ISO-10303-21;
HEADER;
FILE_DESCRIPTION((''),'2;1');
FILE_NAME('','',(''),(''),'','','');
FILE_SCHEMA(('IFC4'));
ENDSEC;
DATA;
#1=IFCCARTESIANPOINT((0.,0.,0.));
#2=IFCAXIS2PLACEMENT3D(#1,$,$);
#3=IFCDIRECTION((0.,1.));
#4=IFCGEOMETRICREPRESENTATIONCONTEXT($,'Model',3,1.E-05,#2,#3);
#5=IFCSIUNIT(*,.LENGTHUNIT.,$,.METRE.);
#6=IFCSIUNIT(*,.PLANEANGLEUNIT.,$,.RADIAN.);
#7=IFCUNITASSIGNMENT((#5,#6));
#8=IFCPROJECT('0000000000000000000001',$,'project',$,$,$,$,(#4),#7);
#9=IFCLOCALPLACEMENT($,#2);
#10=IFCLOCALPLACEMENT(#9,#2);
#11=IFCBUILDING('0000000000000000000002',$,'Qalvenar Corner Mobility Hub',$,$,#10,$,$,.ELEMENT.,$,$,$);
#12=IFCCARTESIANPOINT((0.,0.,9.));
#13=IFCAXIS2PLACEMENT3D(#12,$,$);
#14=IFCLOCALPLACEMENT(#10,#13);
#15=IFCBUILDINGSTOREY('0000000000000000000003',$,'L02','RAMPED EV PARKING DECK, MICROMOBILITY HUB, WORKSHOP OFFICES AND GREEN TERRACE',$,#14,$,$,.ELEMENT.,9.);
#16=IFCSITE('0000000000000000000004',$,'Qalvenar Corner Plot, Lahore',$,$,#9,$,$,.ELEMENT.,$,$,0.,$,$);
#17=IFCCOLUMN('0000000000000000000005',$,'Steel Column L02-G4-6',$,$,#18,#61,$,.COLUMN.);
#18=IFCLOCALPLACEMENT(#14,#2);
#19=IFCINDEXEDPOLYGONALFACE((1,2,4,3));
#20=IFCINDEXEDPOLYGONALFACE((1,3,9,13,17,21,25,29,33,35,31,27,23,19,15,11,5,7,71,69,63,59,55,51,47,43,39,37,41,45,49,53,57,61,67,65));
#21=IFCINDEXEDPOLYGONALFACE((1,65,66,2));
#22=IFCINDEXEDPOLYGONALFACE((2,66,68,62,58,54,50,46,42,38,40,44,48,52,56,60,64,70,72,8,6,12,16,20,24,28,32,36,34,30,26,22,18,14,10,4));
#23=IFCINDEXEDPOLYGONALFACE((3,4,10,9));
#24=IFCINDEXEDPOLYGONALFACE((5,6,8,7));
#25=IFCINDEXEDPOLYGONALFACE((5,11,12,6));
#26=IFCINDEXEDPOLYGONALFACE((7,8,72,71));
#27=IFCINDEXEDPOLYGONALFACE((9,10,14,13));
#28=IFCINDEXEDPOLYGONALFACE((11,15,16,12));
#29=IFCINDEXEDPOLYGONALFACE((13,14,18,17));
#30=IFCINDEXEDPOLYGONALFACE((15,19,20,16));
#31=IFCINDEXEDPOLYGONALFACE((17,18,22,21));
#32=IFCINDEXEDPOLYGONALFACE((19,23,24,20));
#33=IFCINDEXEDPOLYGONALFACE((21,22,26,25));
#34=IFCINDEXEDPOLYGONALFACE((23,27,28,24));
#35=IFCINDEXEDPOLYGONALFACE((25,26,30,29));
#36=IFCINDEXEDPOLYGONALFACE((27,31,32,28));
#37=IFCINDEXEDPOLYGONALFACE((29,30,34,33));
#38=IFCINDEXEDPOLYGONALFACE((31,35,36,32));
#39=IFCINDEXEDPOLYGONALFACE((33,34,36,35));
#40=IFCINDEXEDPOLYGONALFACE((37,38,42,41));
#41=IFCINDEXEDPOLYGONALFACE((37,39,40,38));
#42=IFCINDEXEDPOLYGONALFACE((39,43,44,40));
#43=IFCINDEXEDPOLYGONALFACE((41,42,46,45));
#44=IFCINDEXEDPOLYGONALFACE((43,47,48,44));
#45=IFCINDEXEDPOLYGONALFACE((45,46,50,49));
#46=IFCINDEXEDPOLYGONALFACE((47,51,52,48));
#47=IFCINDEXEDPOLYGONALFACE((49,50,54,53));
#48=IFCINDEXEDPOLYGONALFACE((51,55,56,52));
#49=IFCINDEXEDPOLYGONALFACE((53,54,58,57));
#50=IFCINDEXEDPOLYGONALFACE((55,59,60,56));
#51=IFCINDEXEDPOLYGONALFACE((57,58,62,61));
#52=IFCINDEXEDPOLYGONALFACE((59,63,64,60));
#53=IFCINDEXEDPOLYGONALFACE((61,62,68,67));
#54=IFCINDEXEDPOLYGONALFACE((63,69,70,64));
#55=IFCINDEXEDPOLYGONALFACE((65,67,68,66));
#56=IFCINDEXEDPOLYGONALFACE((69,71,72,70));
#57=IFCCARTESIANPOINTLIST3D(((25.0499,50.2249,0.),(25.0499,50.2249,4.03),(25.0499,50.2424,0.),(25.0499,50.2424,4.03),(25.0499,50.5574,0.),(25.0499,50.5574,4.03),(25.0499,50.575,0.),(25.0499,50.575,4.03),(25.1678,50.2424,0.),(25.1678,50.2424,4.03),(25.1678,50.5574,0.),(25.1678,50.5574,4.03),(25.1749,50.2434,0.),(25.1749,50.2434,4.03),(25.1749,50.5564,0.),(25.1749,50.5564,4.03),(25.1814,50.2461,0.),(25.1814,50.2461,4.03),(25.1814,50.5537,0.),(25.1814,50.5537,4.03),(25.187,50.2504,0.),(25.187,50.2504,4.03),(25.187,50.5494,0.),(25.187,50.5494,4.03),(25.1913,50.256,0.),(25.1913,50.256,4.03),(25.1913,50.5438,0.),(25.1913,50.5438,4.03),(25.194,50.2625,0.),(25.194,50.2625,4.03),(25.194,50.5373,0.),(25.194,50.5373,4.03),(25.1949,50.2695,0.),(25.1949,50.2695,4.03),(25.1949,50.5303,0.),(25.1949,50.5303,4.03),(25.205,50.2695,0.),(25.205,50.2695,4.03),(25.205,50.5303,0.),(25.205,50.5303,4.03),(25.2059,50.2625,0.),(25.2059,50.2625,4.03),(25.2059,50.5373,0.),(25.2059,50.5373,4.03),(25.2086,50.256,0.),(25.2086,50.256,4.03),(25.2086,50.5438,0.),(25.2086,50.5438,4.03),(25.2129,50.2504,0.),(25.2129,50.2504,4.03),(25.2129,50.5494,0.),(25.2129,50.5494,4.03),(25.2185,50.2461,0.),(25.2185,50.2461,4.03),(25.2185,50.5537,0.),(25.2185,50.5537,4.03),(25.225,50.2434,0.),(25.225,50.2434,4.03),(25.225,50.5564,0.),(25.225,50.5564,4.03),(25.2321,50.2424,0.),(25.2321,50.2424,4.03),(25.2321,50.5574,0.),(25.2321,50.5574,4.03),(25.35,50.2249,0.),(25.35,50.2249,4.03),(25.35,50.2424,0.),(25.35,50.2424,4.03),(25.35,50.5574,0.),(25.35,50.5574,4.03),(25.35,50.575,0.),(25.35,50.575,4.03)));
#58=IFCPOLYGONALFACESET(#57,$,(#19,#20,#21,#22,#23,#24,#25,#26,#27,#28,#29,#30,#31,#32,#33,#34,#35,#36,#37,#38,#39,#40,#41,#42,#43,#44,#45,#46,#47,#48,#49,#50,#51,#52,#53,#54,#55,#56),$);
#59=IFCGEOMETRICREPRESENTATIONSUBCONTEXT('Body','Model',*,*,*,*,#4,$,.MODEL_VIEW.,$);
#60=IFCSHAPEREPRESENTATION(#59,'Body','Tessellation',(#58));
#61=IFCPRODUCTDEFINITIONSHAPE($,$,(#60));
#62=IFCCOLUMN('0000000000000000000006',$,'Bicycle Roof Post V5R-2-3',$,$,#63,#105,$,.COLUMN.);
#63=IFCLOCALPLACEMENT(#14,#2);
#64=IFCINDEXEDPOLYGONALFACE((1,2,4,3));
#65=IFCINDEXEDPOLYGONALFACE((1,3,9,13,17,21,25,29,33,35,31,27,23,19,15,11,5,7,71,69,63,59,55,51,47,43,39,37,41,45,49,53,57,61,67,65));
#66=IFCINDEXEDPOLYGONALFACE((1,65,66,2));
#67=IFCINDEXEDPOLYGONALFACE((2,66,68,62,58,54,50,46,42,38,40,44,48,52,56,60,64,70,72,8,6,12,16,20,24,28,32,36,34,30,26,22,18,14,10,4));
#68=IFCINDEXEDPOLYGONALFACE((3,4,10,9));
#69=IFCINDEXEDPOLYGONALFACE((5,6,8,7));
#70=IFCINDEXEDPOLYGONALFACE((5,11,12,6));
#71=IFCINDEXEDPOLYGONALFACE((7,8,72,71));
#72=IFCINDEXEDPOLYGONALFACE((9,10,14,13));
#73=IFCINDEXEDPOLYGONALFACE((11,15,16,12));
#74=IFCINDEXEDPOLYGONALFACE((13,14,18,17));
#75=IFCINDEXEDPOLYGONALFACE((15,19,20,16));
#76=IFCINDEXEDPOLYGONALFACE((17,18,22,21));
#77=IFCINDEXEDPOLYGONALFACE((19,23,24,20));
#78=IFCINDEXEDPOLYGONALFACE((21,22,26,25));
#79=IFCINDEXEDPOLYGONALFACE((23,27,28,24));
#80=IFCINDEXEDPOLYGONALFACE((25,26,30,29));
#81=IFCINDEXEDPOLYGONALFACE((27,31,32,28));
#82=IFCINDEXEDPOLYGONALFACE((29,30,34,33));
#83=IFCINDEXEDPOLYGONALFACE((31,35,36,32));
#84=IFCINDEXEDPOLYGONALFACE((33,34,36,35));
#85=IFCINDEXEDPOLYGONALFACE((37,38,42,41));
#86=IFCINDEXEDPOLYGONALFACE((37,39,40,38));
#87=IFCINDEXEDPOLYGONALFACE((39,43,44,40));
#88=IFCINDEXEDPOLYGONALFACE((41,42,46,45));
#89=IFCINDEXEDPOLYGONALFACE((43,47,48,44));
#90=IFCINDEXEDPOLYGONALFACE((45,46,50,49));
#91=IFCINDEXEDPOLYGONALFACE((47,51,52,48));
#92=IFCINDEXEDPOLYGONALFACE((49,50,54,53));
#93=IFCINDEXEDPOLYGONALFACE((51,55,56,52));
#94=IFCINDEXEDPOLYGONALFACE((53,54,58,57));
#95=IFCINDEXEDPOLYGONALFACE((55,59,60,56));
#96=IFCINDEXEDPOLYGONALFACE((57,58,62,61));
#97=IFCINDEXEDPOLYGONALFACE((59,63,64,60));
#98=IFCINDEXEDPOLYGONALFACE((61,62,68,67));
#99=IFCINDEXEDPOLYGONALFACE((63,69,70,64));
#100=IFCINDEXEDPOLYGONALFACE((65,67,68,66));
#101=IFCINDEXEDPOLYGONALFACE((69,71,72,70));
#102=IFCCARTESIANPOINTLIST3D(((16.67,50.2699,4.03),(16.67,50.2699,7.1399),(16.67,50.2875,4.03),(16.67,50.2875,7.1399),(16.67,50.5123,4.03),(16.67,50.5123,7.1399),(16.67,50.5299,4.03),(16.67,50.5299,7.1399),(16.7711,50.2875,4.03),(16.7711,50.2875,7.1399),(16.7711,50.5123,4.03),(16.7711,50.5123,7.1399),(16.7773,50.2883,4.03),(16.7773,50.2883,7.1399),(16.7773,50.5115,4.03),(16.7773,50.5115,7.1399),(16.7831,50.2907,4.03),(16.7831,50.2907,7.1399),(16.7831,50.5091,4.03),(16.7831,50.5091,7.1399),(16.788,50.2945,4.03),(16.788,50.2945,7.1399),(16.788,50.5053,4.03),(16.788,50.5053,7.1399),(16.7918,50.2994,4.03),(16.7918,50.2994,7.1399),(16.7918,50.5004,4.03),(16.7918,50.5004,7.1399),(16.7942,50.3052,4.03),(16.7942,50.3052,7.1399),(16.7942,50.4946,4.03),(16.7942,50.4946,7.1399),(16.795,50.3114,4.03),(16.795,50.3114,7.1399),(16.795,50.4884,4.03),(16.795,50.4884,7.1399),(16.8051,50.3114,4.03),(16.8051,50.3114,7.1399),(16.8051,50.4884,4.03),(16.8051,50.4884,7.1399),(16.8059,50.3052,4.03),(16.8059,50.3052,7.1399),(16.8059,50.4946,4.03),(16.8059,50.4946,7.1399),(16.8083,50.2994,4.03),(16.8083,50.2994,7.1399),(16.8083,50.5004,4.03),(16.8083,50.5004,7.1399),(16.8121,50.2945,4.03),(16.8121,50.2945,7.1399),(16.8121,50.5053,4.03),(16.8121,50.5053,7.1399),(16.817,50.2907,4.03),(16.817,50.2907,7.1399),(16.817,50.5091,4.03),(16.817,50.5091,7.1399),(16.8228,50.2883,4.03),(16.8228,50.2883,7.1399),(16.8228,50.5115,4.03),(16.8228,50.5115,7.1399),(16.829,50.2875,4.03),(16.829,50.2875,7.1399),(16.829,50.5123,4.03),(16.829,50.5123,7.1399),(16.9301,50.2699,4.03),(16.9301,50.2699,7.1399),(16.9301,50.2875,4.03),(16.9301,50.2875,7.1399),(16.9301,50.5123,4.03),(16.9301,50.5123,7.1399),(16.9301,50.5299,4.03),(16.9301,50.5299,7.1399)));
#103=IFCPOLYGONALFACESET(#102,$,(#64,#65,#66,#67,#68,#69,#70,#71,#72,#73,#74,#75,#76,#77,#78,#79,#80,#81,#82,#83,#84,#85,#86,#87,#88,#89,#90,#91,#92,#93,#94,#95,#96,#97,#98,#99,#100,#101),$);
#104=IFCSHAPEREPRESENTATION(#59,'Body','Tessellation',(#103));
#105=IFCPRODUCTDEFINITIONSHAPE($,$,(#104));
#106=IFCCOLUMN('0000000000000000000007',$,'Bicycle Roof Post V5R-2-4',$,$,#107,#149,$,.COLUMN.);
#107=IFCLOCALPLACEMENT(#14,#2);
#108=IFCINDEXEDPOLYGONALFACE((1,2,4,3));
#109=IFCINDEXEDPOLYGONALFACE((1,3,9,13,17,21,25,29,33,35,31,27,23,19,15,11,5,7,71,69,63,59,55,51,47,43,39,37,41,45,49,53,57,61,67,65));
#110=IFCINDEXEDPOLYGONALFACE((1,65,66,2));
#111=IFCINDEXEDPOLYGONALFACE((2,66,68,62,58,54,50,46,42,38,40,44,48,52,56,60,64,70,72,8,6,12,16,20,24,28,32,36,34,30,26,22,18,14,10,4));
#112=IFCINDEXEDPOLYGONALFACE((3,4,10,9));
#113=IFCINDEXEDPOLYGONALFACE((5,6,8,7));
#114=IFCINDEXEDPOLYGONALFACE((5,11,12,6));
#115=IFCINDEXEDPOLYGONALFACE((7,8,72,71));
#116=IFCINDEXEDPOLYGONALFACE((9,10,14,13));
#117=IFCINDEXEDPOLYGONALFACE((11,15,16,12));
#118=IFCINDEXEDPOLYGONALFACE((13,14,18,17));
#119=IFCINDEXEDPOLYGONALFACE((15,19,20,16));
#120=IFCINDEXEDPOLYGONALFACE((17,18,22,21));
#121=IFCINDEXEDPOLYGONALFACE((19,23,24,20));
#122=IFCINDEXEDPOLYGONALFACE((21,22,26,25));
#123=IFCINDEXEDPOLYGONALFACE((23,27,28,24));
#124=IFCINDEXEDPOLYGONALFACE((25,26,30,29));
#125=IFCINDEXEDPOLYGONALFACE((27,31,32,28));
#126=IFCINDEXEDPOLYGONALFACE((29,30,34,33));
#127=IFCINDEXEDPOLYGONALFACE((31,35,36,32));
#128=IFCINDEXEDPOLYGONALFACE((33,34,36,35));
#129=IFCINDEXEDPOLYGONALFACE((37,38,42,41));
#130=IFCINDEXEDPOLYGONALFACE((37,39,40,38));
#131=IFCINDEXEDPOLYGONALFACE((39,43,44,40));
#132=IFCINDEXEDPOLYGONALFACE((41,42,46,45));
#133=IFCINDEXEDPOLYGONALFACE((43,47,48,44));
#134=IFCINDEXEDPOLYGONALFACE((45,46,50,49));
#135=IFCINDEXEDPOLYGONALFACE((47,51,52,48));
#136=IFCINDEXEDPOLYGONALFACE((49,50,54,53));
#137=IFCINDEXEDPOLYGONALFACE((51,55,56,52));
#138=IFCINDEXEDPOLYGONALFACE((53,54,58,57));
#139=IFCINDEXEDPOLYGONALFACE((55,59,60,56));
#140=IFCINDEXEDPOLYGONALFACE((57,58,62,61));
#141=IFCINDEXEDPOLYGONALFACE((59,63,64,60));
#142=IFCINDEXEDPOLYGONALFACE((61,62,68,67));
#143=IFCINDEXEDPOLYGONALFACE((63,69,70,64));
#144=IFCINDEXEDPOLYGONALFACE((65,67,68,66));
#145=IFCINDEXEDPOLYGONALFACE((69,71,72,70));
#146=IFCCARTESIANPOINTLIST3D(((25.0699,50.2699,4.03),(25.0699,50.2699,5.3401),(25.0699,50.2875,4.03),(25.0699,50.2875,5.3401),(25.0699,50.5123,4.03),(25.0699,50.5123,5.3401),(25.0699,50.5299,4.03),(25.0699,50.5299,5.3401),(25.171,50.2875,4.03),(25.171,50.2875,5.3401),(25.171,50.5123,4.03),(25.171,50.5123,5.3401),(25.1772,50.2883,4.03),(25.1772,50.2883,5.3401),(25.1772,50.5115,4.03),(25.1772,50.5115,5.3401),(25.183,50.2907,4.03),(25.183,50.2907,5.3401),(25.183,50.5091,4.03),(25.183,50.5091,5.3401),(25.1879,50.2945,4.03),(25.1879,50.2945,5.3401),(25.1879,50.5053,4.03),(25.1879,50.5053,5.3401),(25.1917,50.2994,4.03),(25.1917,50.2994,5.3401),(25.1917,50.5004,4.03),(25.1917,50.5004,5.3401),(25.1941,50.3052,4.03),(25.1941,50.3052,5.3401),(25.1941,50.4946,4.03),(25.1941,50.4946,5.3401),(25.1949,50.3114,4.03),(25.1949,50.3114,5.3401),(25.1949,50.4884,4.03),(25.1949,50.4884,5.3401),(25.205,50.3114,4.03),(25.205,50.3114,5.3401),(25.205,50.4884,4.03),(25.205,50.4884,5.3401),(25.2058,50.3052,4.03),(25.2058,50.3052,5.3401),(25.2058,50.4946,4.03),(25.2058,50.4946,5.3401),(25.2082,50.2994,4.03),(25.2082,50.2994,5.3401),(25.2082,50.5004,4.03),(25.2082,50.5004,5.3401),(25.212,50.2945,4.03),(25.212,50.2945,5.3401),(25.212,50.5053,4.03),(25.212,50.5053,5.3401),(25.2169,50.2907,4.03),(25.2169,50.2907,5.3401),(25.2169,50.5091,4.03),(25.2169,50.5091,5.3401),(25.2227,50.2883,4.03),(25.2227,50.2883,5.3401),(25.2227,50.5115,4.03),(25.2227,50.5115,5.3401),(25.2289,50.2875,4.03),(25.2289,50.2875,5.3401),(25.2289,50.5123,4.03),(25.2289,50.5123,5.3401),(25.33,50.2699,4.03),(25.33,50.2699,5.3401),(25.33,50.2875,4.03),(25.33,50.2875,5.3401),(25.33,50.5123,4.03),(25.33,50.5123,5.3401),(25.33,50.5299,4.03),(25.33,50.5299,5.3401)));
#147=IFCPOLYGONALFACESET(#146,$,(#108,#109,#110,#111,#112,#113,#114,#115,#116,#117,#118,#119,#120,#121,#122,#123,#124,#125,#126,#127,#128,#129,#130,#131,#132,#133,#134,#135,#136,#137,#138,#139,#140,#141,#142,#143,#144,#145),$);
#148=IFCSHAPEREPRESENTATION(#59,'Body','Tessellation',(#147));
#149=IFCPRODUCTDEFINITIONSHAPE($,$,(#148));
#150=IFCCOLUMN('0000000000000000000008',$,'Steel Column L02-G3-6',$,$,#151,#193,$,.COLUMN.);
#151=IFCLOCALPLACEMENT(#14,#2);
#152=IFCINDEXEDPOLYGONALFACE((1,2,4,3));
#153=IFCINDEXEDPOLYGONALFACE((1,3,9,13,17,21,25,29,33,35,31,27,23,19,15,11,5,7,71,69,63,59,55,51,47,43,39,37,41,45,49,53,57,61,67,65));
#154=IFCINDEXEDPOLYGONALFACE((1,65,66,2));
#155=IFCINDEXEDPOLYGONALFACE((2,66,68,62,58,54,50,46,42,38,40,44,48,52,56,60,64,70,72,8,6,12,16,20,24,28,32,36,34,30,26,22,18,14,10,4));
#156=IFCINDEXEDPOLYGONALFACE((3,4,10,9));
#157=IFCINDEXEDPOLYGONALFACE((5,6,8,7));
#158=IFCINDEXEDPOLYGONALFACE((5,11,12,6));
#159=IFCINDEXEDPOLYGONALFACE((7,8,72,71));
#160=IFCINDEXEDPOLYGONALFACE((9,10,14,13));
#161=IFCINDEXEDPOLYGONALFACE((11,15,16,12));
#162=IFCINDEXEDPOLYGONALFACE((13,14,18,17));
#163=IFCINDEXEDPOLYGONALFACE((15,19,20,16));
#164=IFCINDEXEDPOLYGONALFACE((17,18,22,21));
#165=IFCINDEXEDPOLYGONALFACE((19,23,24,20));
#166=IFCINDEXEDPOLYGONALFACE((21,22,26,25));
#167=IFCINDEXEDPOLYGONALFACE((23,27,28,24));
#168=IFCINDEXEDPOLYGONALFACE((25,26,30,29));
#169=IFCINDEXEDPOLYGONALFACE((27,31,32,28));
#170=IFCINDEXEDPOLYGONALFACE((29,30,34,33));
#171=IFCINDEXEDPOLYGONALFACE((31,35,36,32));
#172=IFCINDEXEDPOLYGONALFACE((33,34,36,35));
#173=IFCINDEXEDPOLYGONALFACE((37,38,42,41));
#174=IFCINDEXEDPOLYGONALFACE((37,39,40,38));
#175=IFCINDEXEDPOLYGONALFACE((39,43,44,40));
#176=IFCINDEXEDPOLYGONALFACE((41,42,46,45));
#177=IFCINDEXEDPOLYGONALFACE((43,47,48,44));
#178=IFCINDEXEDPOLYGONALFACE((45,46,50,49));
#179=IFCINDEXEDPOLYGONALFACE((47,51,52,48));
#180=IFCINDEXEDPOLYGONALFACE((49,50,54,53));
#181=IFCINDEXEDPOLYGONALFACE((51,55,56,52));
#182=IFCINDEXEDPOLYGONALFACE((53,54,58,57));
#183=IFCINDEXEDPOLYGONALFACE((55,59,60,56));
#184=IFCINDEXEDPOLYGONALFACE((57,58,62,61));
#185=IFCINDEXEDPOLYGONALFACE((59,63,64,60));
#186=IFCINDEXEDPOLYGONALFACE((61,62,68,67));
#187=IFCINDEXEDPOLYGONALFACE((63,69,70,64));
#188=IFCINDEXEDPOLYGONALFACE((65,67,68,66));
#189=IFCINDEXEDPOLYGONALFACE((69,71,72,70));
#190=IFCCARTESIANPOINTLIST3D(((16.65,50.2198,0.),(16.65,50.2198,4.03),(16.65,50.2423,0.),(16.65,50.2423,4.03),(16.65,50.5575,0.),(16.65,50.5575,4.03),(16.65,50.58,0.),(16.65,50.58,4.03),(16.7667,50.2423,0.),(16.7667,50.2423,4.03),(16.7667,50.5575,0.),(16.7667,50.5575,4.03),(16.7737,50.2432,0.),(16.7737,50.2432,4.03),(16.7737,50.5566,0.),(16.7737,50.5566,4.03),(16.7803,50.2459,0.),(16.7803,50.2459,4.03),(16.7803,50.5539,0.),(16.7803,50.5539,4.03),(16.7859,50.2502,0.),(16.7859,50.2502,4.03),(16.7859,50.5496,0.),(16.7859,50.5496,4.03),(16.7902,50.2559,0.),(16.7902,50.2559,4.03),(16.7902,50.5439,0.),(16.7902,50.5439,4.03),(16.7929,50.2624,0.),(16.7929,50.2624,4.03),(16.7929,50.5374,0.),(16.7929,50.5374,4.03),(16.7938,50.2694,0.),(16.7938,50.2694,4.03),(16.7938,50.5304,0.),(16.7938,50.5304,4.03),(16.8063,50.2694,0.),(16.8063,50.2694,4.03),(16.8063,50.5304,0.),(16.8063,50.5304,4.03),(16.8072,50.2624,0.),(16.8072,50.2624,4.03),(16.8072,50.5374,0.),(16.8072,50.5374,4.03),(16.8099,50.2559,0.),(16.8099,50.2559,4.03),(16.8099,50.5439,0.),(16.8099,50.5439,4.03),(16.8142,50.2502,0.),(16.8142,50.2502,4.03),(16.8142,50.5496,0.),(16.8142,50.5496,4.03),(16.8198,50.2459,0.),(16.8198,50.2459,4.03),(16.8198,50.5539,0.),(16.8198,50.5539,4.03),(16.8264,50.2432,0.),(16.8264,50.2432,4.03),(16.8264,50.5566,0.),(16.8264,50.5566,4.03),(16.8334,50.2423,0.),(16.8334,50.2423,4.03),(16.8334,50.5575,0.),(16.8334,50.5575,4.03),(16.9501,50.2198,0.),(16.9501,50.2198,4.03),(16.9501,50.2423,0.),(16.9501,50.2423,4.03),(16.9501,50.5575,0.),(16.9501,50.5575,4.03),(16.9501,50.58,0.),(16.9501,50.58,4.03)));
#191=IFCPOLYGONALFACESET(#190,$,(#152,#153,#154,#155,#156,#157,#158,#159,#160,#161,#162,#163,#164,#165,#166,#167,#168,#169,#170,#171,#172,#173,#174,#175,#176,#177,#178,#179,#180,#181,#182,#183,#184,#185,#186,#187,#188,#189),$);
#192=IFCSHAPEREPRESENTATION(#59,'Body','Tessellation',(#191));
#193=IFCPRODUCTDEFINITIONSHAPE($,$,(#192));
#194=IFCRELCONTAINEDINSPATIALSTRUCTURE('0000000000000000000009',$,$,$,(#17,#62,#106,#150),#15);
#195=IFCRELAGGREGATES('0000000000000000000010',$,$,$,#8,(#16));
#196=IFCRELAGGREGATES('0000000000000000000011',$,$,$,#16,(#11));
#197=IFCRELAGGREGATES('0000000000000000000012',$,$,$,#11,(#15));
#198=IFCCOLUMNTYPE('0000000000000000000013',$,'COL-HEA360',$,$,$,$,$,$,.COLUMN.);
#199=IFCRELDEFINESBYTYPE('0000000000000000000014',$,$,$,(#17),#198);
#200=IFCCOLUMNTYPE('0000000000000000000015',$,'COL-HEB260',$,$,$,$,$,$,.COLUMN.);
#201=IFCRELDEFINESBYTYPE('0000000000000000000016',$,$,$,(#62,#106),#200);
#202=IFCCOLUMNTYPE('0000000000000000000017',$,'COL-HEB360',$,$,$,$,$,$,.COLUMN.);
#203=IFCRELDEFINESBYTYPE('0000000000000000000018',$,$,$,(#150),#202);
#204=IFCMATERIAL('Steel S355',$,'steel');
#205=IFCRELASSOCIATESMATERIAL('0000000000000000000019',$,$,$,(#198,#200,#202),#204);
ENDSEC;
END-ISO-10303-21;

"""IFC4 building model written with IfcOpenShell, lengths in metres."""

from ifc_helpers import new_model, si_unit, direction, frame, origin, origin_2d, place, context, subcontext, project, spatial, i_section, extrude, material, material_profile, profile_set, type_object, element, save


model = new_model("IFC4")

# Units and contexts
model_context = context("Model", 3, precision=1e-05, world=origin(), true_north=direction((0.0, 1.0)))
body_context = subcontext(model_context, "Body", "Model", "MODEL_VIEW")
ifc_project = project(units=[si_unit("LENGTHUNIT", "METRE"), si_unit("PLANEANGLEUNIT", "RADIAN")], contexts=[model_context])

# Site, building, storey
site_placement = place(None, origin())
site = spatial("IfcSite", under=ifc_project, at=site_placement, Name="Qalvenar Corner Plot, Lahore", CompositionType="ELEMENT", RefElevation=0.0)
building_placement = place(site_placement, origin())
building = spatial("IfcBuilding", under=site, at=building_placement, Name="Qalvenar Corner Mobility Hub", CompositionType="ELEMENT")
storey_placement = place(building_placement, frame((0.0, 0.0, 9.0)))
storey = spatial("IfcBuildingStorey", under=building, at=storey_placement, Name="L02", Description="RAMPED EV PARKING DECK, MICROMOBILITY HUB, WORKSHOP OFFICES AND GREEN TERRACE", CompositionType="ELEMENT", Elevation=9.0)

# Columns
ifc_material_1 = material(Name="Steel S355", Category="steel")
ifc_material_profile_1 = material_profile(ifc_material_1, i_section(OverallWidth=0.3, OverallDepth=0.3501, WebThickness=0.01, FlangeThickness=0.0176, FilletRadius=0.0271, at=origin_2d()), Name="HEA360")
ifc_profile_set_1 = profile_set([ifc_material_profile_1], Name="Steel S355")
column_type_1 = type_object("IfcColumnType", Name="COL-HEA360", PredefinedType="COLUMN", material=ifc_profile_set_1)
column_1_placement = place(storey_placement, frame((25.2, 50.3999, 0.0), z_axis=(0.0, 0.0, 1.0), x_axis=(1.0, 0.0, 0.0)))
element("IfcColumn", 1, at=column_1_placement, inside=storey, type_object=column_type_1, Name="Steel Column L02-G4-6", PredefinedType="COLUMN", context=body_context, shape_type="SweptSolid", body=[
    extrude(i_section(OverallWidth=0.3, OverallDepth=0.3501, WebThickness=0.01, FlangeThickness=0.0176, FilletRadius=0.0271, at=origin_2d()), origin(), (0.0, 0.0, 1.0), 4.03),
])
ifc_material_profile_2 = material_profile(ifc_material_1, i_section(OverallWidth=0.26, OverallDepth=0.26, WebThickness=0.01, FlangeThickness=0.0176, FilletRadius=0.0239, at=origin_2d()), Name="HEB260")
ifc_profile_set_2 = profile_set([ifc_material_profile_2], Name="Steel S355")
column_type_2 = type_object("IfcColumnType", Name="COL-HEB260", PredefinedType="COLUMN", material=ifc_profile_set_2)
column_2_placement = place(storey_placement, frame((16.8, 50.3999, 4.03), z_axis=(0.0, 0.0, 1.0), x_axis=(1.0, 0.0, 0.0)))
element("IfcColumn", 2, at=column_2_placement, inside=storey, type_object=column_type_2, Name="Bicycle Roof Post V5R-2-3", PredefinedType="COLUMN", context=body_context, shape_type="SweptSolid", body=[
    extrude(i_section(OverallWidth=0.26, OverallDepth=0.26, WebThickness=0.01, FlangeThickness=0.0176, FilletRadius=0.0239, at=origin_2d()), origin(), (0.0, 0.0, 1.0), 3.1099),
])
column_3_placement = place(storey_placement, frame((25.2, 50.3999, 4.03), z_axis=(0.0, 0.0, 1.0), x_axis=(1.0, 0.0, 0.0)))
element("IfcColumn", 3, at=column_3_placement, inside=storey, type_object=column_type_2, Name="Bicycle Roof Post V5R-2-4", PredefinedType="COLUMN", context=body_context, shape_type="SweptSolid", body=[
    extrude(i_section(OverallWidth=0.26, OverallDepth=0.26, WebThickness=0.01, FlangeThickness=0.0176, FilletRadius=0.0239, at=origin_2d()), origin(), (0.0, 0.0, 1.0), 1.3101),
])
ifc_material_profile_3 = material_profile(ifc_material_1, i_section(OverallWidth=0.3, OverallDepth=0.3601, WebThickness=0.0125, FlangeThickness=0.0225, FilletRadius=0.0271, at=origin_2d()), Name="HEB360")
ifc_profile_set_3 = profile_set([ifc_material_profile_3], Name="Steel S355")
column_type_3 = type_object("IfcColumnType", Name="COL-HEB360", PredefinedType="COLUMN", material=ifc_profile_set_3)
for number, where, z_axis, x_axis, name in (
    (4, (16.8, 50.3999, 0.0), (0.0, 0.0, 1.0), (1.0, 0.0, 0.0), "Steel Column L02-G3-6"),
):
    element("IfcColumn", number, at=place(storey_placement, frame(where, z_axis=z_axis, x_axis=x_axis)), inside=storey, type_object=column_type_3, Name=name, PredefinedType="COLUMN", context=body_context, shape_type="SweptSolid", body=[
        extrude(i_section(OverallWidth=0.3, OverallDepth=0.3601, WebThickness=0.0125, FlangeThickness=0.0225, FilletRadius=0.0271, at=origin_2d()), origin(), (0.0, 0.0, 1.0), 4.03),
    ])

save(model, "model.ifc")
